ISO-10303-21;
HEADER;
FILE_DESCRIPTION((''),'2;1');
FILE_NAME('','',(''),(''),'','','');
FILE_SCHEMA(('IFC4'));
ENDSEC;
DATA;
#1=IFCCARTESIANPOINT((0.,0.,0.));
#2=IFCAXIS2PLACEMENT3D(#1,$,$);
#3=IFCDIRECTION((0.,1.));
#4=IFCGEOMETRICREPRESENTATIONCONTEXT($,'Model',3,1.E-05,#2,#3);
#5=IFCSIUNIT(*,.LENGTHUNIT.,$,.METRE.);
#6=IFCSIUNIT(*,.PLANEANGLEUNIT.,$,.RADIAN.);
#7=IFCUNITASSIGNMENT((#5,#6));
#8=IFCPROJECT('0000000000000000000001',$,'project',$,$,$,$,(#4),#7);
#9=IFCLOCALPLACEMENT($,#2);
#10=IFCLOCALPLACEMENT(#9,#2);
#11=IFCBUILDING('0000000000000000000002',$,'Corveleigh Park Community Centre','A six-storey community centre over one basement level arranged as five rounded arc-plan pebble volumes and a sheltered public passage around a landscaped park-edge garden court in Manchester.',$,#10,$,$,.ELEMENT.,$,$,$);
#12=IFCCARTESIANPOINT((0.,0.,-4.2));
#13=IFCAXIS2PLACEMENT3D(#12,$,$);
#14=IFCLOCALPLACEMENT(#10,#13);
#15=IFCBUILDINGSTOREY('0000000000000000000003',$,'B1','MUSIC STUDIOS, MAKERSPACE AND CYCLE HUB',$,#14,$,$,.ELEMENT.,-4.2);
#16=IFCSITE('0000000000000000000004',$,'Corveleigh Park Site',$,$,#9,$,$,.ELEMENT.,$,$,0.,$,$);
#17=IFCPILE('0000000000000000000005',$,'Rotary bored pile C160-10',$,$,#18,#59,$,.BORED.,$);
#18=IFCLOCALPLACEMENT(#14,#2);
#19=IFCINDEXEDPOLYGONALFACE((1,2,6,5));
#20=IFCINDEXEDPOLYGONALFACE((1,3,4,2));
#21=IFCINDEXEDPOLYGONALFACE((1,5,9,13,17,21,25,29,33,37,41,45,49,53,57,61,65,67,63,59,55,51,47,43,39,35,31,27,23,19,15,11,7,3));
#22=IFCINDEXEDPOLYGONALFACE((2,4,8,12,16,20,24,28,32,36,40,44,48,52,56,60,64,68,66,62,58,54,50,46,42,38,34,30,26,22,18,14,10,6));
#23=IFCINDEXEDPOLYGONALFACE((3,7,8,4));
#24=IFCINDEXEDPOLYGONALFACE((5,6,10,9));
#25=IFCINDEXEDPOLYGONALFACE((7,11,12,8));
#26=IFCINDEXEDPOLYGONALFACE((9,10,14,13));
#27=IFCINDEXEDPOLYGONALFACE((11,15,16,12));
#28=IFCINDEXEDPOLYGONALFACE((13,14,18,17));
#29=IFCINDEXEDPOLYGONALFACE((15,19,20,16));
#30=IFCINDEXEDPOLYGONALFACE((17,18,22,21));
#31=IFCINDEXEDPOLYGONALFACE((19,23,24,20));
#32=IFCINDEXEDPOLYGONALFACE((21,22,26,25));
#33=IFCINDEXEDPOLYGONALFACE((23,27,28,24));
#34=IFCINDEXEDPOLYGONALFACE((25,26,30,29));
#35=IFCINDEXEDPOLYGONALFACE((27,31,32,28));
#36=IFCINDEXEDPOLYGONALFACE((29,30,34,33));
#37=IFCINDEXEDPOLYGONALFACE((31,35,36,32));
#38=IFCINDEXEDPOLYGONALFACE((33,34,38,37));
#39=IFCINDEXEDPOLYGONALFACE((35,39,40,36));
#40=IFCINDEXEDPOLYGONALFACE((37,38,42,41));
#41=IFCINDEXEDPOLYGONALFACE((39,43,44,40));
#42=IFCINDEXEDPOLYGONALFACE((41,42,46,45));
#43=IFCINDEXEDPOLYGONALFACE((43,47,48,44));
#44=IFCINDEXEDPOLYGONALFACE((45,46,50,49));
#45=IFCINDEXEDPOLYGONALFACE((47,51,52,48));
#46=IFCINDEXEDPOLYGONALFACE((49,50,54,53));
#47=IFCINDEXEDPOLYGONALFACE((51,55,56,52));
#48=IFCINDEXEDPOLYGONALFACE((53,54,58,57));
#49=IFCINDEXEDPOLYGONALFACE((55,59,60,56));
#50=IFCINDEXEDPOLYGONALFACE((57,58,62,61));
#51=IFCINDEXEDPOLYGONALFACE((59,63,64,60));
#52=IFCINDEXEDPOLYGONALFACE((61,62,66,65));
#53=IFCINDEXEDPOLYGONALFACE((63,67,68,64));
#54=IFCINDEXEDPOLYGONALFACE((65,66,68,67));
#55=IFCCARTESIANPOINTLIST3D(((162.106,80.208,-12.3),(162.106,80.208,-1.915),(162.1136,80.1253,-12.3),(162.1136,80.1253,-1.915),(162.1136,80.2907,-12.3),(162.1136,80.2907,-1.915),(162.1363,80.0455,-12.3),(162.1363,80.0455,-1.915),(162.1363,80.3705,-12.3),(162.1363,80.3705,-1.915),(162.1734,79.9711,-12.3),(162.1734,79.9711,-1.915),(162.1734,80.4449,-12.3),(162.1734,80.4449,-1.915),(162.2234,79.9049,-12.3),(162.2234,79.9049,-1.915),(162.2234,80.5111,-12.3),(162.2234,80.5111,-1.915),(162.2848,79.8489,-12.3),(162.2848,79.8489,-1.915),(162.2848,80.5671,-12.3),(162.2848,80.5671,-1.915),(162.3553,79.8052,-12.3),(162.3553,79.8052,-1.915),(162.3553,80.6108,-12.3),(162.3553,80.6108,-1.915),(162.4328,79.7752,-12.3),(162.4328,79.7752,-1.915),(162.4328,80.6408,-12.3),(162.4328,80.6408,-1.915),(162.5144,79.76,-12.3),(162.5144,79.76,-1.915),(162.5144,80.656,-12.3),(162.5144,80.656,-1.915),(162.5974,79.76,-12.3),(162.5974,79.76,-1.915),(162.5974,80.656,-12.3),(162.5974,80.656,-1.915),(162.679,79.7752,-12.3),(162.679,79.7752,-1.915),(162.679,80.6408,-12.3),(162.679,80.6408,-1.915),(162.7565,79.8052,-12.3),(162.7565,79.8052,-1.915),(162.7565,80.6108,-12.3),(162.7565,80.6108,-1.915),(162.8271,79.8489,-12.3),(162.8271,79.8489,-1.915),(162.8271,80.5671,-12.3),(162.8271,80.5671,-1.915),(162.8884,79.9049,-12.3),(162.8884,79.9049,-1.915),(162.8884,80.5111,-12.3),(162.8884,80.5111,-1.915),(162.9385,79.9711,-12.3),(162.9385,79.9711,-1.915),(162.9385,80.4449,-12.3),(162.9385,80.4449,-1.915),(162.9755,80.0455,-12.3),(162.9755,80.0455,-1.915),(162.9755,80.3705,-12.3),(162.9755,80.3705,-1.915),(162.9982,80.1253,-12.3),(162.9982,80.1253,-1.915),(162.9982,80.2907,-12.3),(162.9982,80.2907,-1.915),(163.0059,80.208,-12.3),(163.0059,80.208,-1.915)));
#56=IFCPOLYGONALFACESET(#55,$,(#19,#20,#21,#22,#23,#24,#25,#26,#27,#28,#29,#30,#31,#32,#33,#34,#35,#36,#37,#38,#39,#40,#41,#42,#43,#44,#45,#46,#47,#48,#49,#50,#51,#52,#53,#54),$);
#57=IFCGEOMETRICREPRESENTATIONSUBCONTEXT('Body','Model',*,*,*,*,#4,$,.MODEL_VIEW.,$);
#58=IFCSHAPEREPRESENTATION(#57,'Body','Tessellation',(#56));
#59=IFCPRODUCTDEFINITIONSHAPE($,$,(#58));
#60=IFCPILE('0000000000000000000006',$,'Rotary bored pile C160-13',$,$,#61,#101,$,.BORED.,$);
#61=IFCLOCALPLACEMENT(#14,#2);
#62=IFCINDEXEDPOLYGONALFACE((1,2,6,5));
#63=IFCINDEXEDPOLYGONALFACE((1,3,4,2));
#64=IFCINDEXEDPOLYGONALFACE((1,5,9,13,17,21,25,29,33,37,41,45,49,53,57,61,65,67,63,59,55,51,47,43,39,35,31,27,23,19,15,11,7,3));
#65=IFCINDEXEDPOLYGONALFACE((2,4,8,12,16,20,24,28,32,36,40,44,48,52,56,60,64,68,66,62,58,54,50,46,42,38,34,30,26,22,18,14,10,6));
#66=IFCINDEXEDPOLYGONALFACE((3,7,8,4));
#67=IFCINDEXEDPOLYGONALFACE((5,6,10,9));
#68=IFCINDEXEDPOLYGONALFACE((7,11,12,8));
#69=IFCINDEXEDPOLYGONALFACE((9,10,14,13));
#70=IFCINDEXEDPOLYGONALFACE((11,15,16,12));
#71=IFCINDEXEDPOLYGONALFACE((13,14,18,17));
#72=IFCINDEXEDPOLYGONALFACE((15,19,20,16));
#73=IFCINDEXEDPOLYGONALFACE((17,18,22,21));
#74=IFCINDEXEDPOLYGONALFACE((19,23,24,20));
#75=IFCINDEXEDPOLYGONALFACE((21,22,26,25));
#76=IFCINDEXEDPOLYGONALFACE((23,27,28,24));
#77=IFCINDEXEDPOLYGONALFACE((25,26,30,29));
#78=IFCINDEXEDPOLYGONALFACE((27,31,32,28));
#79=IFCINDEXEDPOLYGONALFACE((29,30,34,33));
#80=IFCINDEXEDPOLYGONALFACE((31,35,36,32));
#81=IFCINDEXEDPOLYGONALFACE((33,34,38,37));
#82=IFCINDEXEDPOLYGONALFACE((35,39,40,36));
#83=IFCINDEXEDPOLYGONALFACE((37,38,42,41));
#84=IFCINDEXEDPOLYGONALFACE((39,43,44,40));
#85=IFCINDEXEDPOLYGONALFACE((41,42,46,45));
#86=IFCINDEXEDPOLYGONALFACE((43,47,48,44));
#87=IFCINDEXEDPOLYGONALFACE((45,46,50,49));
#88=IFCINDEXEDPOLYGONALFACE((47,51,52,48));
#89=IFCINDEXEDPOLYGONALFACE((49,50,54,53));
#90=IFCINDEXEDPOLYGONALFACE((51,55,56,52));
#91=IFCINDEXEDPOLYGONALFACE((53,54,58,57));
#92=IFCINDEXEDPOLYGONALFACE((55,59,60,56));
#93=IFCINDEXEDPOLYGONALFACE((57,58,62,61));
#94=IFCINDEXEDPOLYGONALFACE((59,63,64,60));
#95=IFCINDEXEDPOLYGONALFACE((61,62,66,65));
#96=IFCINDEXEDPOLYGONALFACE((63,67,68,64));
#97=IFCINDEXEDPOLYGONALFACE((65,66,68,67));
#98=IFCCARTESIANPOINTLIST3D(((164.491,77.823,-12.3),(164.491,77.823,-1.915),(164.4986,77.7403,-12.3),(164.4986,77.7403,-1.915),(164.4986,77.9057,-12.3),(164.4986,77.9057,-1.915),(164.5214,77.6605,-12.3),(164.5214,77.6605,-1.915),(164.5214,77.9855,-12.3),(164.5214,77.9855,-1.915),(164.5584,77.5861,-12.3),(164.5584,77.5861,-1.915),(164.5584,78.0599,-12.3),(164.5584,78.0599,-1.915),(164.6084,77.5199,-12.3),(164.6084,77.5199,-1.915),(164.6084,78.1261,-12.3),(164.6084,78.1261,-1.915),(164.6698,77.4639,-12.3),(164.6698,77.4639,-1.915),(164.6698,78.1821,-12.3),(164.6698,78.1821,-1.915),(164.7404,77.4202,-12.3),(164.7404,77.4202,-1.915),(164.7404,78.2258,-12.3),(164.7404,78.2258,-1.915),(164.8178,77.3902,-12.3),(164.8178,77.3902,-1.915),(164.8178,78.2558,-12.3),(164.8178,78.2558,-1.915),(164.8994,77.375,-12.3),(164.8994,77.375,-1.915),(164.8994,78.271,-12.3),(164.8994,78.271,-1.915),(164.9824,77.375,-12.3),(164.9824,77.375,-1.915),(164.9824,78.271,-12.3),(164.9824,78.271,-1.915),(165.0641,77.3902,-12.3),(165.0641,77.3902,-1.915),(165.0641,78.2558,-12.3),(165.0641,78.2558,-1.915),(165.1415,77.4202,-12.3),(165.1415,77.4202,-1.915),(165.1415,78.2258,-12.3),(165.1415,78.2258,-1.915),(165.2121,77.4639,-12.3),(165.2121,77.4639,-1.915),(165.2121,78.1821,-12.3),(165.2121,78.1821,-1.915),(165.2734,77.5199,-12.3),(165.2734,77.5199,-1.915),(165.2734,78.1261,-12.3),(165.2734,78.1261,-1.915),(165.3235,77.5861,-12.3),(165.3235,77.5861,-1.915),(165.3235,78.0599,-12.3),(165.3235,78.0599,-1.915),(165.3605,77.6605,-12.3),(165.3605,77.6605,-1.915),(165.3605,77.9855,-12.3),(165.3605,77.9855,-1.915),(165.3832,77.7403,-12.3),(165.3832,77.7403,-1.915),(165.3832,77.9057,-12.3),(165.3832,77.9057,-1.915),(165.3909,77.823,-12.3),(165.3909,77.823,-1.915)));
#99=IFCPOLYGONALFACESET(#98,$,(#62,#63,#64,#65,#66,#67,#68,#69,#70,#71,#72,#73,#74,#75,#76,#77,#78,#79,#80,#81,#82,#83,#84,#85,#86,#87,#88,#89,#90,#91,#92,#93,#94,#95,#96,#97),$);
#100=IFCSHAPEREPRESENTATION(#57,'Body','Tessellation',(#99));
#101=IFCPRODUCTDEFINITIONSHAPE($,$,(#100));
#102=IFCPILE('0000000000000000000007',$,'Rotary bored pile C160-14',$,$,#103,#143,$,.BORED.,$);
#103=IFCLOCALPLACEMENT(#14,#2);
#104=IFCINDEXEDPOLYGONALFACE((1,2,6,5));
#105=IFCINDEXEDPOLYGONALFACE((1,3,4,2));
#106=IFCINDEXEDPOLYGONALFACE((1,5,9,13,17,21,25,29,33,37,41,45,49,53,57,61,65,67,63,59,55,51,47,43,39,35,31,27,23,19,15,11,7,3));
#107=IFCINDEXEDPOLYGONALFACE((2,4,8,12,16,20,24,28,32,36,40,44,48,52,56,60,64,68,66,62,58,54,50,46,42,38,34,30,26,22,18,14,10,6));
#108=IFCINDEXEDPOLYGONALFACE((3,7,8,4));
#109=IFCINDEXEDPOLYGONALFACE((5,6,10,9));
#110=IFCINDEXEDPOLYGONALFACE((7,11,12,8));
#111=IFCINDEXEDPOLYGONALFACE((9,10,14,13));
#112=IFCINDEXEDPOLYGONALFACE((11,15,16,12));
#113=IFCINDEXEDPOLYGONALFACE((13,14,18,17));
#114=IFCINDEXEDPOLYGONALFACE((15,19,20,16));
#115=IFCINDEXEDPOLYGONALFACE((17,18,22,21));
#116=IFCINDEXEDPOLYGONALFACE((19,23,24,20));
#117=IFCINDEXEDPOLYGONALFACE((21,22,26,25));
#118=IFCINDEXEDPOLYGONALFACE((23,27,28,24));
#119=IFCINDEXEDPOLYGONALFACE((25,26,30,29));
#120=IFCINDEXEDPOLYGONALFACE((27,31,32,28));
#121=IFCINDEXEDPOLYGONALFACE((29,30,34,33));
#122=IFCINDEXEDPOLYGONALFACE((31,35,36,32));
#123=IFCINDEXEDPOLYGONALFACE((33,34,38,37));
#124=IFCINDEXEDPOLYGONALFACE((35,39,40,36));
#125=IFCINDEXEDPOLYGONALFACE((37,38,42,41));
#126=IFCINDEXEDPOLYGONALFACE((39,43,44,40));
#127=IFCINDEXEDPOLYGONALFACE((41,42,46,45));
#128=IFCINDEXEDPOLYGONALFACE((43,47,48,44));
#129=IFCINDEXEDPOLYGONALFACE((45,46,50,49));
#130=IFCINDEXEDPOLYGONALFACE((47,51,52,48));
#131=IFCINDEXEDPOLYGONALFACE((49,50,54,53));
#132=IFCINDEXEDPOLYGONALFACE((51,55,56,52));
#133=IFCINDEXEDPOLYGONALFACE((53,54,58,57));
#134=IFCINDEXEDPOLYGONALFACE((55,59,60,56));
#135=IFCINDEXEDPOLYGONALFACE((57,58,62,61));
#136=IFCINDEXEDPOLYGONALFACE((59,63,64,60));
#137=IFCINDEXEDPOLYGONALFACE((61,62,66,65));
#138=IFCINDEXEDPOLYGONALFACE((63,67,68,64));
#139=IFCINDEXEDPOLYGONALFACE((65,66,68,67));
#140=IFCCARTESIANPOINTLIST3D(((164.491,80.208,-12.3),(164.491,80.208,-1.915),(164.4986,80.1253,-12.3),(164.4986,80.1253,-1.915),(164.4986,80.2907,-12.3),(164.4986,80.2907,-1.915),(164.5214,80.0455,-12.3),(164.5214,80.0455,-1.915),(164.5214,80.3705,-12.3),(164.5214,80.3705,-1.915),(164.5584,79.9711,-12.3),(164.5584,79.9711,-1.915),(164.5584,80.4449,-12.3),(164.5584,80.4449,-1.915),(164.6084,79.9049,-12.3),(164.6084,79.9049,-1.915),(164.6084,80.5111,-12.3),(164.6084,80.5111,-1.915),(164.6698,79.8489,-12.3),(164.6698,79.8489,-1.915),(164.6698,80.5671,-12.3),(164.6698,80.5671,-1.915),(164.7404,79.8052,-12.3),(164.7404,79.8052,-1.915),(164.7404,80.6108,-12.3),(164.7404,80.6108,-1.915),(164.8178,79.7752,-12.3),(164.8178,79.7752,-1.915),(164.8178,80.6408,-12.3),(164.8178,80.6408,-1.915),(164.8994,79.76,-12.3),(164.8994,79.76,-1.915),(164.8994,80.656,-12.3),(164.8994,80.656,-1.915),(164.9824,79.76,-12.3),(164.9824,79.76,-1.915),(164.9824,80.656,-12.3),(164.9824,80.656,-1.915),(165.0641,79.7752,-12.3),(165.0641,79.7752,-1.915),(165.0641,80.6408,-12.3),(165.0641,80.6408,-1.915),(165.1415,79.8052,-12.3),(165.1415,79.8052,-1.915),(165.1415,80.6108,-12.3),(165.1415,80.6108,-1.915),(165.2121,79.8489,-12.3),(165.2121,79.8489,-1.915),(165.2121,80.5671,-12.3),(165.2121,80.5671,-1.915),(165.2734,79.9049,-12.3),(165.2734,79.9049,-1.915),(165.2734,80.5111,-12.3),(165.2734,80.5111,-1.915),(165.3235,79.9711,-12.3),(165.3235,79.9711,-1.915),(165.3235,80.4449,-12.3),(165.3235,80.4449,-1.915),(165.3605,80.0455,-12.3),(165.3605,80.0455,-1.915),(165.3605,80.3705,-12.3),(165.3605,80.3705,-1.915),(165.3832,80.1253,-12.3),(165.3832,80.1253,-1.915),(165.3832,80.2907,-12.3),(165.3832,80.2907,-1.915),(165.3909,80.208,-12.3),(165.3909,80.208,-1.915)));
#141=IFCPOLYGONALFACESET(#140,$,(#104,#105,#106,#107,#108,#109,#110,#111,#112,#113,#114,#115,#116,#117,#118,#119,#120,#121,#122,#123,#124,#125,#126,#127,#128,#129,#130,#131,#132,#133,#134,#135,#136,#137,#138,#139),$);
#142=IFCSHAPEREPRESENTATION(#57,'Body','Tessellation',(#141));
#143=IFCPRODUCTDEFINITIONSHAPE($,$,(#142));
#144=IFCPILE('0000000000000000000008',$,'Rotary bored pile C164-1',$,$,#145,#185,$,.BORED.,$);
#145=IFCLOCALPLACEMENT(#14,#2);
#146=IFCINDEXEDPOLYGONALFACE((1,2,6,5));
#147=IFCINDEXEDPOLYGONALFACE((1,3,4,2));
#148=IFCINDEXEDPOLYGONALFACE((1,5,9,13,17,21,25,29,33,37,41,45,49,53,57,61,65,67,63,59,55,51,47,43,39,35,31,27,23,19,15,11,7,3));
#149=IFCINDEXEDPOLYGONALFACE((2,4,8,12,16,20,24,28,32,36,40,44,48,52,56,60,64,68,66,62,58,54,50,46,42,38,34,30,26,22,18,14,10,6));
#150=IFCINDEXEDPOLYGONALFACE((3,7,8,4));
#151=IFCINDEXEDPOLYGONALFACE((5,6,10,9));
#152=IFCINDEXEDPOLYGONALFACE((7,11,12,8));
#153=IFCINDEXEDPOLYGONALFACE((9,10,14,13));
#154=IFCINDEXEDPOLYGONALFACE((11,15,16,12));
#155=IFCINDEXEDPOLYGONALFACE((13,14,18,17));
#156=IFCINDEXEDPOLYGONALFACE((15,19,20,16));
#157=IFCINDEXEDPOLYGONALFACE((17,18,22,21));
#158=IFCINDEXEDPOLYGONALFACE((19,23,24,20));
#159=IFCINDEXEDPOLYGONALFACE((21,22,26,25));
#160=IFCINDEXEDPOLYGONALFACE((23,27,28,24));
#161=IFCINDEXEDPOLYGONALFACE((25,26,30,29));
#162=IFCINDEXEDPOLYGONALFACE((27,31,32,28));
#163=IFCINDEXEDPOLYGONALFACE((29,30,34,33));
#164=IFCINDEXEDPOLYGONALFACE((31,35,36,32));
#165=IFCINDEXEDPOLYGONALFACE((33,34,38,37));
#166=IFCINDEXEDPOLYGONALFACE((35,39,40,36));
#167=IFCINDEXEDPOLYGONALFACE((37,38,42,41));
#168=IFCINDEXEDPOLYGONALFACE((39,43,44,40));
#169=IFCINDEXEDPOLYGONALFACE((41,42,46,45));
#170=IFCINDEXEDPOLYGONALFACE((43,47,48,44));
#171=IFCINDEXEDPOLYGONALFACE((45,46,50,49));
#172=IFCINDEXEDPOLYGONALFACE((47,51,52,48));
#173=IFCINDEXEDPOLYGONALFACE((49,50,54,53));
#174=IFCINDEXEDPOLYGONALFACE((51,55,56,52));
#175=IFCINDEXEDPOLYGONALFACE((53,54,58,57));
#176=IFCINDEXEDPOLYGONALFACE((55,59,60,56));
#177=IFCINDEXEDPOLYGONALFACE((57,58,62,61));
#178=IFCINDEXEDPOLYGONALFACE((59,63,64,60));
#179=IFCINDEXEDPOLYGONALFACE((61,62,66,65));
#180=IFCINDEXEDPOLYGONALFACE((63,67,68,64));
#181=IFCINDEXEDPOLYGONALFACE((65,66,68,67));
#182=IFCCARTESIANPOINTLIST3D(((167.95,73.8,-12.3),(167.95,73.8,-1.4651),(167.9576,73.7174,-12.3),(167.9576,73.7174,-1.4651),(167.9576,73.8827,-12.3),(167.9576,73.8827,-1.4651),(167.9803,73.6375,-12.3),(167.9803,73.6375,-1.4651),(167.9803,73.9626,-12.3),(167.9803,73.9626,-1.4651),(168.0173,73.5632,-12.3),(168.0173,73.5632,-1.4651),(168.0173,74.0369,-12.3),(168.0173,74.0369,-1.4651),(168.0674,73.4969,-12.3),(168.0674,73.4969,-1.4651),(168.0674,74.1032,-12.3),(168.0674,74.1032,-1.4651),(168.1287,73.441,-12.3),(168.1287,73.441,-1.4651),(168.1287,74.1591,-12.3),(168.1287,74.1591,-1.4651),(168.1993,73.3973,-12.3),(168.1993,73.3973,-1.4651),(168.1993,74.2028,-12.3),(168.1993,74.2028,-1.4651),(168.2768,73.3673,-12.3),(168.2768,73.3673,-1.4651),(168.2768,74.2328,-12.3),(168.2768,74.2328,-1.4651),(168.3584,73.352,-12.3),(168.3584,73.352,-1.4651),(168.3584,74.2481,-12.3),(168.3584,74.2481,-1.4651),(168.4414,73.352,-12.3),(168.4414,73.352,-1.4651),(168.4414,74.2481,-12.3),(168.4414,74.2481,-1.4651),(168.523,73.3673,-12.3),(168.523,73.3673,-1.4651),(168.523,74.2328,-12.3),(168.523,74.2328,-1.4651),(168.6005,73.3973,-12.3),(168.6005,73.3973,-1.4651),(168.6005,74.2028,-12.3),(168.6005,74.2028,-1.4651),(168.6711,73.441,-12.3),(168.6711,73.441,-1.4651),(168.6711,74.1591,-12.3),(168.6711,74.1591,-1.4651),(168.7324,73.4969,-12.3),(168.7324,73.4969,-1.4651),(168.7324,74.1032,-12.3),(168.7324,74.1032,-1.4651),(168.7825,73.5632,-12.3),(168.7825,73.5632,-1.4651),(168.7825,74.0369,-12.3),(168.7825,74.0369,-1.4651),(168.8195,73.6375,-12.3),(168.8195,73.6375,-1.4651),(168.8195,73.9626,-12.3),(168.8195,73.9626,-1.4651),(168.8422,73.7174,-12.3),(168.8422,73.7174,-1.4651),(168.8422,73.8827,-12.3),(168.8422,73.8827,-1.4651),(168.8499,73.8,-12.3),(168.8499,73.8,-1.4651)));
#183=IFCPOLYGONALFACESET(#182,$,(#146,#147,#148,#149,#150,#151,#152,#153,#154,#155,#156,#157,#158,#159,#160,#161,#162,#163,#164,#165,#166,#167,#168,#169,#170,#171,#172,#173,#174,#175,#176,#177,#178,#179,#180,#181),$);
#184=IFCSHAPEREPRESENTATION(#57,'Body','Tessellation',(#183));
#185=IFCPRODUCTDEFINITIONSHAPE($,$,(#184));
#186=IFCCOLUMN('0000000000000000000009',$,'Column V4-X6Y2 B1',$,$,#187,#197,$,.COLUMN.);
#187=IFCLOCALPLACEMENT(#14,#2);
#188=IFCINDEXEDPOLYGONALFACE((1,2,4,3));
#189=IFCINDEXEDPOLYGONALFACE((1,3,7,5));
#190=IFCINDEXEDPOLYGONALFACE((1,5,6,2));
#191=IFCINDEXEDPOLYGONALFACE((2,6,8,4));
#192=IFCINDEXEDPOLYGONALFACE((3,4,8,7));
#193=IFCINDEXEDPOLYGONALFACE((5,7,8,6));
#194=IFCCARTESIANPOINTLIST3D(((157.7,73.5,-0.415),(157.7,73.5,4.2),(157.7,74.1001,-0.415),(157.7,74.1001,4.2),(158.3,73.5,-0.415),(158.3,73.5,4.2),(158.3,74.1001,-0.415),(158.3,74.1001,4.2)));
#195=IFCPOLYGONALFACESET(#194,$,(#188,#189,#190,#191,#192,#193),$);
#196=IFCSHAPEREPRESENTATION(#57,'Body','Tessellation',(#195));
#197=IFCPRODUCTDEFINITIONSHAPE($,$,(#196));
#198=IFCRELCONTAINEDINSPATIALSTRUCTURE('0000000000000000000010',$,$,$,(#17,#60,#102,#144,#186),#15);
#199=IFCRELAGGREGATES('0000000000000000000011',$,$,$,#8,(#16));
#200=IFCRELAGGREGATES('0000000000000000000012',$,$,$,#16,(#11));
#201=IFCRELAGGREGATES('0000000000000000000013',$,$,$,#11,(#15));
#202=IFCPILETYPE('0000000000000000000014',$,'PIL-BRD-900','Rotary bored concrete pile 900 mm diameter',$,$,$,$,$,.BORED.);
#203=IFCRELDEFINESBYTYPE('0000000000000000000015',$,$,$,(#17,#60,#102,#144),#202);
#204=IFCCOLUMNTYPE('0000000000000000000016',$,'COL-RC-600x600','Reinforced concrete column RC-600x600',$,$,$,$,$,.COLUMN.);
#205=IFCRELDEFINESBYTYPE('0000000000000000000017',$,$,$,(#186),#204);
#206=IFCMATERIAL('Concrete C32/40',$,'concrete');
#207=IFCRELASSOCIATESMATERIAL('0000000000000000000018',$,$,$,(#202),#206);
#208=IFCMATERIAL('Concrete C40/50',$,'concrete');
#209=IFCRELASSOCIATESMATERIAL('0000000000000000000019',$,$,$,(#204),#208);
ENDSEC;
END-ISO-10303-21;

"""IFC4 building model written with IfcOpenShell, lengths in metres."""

from ifc_helpers import new_model, si_unit, direction, frame, origin, origin_2d, place, context, subcontext, project, spatial, rectangle, circle, extrude, material, material_profile, profile_set, type_object, element, save


model = new_model("IFC4")

# Units and contexts
model_context = context("Model", 3, precision=1e-05, world=origin(), true_north=direction((0.0, 1.0)))
body_context = subcontext(model_context, "Body", "Model", "MODEL_VIEW")
ifc_project = project(units=[si_unit("LENGTHUNIT", "METRE"), si_unit("PLANEANGLEUNIT", "RADIAN")], contexts=[model_context])

# Site, building, storey
site_placement = place(None, origin())
site = spatial("IfcSite", under=ifc_project, at=site_placement, Name="Corveleigh Park Site", CompositionType="ELEMENT", RefElevation=0.0)
building_placement = place(site_placement, origin())
building = spatial("IfcBuilding", under=site, at=building_placement, Name="Corveleigh Park Community Centre", Description="A six-storey community centre over one basement level arranged as five rounded arc-plan pebble volumes and a sheltered public passage around a landscaped park-edge garden court in Manchester.", CompositionType="ELEMENT")
storey_placement = place(building_placement, frame((0.0, 0.0, -4.2)))
storey = spatial("IfcBuildingStorey", under=building, at=storey_placement, Name="B1", Description="MUSIC STUDIOS, MAKERSPACE AND CYCLE HUB", CompositionType="ELEMENT", Elevation=-4.2)

# Shared definitions
ifc_material_1 = material(Name="Concrete C40/50", Category="concrete")

# Piles
ifc_material_2 = material(Name="Concrete C32/40", Category="concrete")
ifc_material_profile_1 = material_profile(ifc_material_2, circle(Radius=0.45, at=origin_2d()), Name="BORED-PILE-900", Category="concrete")
ifc_profile_set_1 = profile_set([ifc_material_profile_1], Name="Concrete C32/40")
pile_type = type_object("IfcPileType", Name="PIL-BRD-900", Description="Rotary bored concrete pile 900 mm diameter", PredefinedType="BORED", material=ifc_profile_set_1)
for number, where, z_axis, x_axis, name in (
    (1, (162.5559, 80.208, -1.915), (0.0, 0.0, -1.0), (1.0, 0.0, 0.0), "Rotary bored pile C160-10"),
    (2, (164.9409, 77.823, -1.915), (0.0, 0.0, -1.0), (1.0, 0.0, 0.0), "Rotary bored pile C160-13"),
    (3, (164.9409, 80.208, -1.915), (0.0, 0.0, -1.0), (1.0, 0.0, 0.0), "Rotary bored pile C160-14"),
):
    element("IfcPile", number, at=place(storey_placement, frame(where, z_axis=z_axis, x_axis=x_axis)), inside=storey, type_object=pile_type, Name=name, PredefinedType="BORED", context=body_context, shape_type="SweptSolid", body=[
        extrude(circle(Radius=0.45, at=origin_2d()), origin(), (0.0, 0.0, 1.0), 10.385),
    ])
pile_placement = place(storey_placement, frame((168.3999, 73.8, -1.4651), z_axis=(0.0, 0.0, -1.0), x_axis=(1.0, 0.0, 0.0)))
element("IfcPile", 4, at=pile_placement, inside=storey, type_object=pile_type, Name="Rotary bored pile C164-1", PredefinedType="BORED", context=body_context, shape_type="SweptSolid", body=[
    extrude(circle(Radius=0.45, at=origin_2d()), origin(), (0.0, 0.0, 1.0), 10.835),
])

# Column
ifc_material_profile_2 = material_profile(ifc_material_1, rectangle(XDim=0.6001, YDim=0.6001, at=origin_2d()), Name="RC-600x600", Category="concrete")
ifc_profile_set_2 = profile_set([ifc_material_profile_2], Name="Concrete C40/50")
column_type_1 = type_object("IfcColumnType", Name="COL-RC-600x600", Description="Reinforced concrete column RC-600x600", PredefinedType="COLUMN", material=ifc_profile_set_2)
column_1_placement = place(storey_placement, frame((158.0, 73.8, -0.415), z_axis=(0.0, 0.0, 1.0), x_axis=(1.0, 0.0, 0.0)))
element("IfcColumn", 5, at=column_1_placement, inside=storey, type_object=column_type_1, Name="Column V4-X6Y2 B1", PredefinedType="COLUMN", context=body_context, shape_type="SweptSolid", body=[
    extrude(rectangle(XDim=0.6001, YDim=0.6001, at=origin_2d()), origin(), (0.0, 0.0, 1.0), 4.615),
])

save(model, "model.ifc")
